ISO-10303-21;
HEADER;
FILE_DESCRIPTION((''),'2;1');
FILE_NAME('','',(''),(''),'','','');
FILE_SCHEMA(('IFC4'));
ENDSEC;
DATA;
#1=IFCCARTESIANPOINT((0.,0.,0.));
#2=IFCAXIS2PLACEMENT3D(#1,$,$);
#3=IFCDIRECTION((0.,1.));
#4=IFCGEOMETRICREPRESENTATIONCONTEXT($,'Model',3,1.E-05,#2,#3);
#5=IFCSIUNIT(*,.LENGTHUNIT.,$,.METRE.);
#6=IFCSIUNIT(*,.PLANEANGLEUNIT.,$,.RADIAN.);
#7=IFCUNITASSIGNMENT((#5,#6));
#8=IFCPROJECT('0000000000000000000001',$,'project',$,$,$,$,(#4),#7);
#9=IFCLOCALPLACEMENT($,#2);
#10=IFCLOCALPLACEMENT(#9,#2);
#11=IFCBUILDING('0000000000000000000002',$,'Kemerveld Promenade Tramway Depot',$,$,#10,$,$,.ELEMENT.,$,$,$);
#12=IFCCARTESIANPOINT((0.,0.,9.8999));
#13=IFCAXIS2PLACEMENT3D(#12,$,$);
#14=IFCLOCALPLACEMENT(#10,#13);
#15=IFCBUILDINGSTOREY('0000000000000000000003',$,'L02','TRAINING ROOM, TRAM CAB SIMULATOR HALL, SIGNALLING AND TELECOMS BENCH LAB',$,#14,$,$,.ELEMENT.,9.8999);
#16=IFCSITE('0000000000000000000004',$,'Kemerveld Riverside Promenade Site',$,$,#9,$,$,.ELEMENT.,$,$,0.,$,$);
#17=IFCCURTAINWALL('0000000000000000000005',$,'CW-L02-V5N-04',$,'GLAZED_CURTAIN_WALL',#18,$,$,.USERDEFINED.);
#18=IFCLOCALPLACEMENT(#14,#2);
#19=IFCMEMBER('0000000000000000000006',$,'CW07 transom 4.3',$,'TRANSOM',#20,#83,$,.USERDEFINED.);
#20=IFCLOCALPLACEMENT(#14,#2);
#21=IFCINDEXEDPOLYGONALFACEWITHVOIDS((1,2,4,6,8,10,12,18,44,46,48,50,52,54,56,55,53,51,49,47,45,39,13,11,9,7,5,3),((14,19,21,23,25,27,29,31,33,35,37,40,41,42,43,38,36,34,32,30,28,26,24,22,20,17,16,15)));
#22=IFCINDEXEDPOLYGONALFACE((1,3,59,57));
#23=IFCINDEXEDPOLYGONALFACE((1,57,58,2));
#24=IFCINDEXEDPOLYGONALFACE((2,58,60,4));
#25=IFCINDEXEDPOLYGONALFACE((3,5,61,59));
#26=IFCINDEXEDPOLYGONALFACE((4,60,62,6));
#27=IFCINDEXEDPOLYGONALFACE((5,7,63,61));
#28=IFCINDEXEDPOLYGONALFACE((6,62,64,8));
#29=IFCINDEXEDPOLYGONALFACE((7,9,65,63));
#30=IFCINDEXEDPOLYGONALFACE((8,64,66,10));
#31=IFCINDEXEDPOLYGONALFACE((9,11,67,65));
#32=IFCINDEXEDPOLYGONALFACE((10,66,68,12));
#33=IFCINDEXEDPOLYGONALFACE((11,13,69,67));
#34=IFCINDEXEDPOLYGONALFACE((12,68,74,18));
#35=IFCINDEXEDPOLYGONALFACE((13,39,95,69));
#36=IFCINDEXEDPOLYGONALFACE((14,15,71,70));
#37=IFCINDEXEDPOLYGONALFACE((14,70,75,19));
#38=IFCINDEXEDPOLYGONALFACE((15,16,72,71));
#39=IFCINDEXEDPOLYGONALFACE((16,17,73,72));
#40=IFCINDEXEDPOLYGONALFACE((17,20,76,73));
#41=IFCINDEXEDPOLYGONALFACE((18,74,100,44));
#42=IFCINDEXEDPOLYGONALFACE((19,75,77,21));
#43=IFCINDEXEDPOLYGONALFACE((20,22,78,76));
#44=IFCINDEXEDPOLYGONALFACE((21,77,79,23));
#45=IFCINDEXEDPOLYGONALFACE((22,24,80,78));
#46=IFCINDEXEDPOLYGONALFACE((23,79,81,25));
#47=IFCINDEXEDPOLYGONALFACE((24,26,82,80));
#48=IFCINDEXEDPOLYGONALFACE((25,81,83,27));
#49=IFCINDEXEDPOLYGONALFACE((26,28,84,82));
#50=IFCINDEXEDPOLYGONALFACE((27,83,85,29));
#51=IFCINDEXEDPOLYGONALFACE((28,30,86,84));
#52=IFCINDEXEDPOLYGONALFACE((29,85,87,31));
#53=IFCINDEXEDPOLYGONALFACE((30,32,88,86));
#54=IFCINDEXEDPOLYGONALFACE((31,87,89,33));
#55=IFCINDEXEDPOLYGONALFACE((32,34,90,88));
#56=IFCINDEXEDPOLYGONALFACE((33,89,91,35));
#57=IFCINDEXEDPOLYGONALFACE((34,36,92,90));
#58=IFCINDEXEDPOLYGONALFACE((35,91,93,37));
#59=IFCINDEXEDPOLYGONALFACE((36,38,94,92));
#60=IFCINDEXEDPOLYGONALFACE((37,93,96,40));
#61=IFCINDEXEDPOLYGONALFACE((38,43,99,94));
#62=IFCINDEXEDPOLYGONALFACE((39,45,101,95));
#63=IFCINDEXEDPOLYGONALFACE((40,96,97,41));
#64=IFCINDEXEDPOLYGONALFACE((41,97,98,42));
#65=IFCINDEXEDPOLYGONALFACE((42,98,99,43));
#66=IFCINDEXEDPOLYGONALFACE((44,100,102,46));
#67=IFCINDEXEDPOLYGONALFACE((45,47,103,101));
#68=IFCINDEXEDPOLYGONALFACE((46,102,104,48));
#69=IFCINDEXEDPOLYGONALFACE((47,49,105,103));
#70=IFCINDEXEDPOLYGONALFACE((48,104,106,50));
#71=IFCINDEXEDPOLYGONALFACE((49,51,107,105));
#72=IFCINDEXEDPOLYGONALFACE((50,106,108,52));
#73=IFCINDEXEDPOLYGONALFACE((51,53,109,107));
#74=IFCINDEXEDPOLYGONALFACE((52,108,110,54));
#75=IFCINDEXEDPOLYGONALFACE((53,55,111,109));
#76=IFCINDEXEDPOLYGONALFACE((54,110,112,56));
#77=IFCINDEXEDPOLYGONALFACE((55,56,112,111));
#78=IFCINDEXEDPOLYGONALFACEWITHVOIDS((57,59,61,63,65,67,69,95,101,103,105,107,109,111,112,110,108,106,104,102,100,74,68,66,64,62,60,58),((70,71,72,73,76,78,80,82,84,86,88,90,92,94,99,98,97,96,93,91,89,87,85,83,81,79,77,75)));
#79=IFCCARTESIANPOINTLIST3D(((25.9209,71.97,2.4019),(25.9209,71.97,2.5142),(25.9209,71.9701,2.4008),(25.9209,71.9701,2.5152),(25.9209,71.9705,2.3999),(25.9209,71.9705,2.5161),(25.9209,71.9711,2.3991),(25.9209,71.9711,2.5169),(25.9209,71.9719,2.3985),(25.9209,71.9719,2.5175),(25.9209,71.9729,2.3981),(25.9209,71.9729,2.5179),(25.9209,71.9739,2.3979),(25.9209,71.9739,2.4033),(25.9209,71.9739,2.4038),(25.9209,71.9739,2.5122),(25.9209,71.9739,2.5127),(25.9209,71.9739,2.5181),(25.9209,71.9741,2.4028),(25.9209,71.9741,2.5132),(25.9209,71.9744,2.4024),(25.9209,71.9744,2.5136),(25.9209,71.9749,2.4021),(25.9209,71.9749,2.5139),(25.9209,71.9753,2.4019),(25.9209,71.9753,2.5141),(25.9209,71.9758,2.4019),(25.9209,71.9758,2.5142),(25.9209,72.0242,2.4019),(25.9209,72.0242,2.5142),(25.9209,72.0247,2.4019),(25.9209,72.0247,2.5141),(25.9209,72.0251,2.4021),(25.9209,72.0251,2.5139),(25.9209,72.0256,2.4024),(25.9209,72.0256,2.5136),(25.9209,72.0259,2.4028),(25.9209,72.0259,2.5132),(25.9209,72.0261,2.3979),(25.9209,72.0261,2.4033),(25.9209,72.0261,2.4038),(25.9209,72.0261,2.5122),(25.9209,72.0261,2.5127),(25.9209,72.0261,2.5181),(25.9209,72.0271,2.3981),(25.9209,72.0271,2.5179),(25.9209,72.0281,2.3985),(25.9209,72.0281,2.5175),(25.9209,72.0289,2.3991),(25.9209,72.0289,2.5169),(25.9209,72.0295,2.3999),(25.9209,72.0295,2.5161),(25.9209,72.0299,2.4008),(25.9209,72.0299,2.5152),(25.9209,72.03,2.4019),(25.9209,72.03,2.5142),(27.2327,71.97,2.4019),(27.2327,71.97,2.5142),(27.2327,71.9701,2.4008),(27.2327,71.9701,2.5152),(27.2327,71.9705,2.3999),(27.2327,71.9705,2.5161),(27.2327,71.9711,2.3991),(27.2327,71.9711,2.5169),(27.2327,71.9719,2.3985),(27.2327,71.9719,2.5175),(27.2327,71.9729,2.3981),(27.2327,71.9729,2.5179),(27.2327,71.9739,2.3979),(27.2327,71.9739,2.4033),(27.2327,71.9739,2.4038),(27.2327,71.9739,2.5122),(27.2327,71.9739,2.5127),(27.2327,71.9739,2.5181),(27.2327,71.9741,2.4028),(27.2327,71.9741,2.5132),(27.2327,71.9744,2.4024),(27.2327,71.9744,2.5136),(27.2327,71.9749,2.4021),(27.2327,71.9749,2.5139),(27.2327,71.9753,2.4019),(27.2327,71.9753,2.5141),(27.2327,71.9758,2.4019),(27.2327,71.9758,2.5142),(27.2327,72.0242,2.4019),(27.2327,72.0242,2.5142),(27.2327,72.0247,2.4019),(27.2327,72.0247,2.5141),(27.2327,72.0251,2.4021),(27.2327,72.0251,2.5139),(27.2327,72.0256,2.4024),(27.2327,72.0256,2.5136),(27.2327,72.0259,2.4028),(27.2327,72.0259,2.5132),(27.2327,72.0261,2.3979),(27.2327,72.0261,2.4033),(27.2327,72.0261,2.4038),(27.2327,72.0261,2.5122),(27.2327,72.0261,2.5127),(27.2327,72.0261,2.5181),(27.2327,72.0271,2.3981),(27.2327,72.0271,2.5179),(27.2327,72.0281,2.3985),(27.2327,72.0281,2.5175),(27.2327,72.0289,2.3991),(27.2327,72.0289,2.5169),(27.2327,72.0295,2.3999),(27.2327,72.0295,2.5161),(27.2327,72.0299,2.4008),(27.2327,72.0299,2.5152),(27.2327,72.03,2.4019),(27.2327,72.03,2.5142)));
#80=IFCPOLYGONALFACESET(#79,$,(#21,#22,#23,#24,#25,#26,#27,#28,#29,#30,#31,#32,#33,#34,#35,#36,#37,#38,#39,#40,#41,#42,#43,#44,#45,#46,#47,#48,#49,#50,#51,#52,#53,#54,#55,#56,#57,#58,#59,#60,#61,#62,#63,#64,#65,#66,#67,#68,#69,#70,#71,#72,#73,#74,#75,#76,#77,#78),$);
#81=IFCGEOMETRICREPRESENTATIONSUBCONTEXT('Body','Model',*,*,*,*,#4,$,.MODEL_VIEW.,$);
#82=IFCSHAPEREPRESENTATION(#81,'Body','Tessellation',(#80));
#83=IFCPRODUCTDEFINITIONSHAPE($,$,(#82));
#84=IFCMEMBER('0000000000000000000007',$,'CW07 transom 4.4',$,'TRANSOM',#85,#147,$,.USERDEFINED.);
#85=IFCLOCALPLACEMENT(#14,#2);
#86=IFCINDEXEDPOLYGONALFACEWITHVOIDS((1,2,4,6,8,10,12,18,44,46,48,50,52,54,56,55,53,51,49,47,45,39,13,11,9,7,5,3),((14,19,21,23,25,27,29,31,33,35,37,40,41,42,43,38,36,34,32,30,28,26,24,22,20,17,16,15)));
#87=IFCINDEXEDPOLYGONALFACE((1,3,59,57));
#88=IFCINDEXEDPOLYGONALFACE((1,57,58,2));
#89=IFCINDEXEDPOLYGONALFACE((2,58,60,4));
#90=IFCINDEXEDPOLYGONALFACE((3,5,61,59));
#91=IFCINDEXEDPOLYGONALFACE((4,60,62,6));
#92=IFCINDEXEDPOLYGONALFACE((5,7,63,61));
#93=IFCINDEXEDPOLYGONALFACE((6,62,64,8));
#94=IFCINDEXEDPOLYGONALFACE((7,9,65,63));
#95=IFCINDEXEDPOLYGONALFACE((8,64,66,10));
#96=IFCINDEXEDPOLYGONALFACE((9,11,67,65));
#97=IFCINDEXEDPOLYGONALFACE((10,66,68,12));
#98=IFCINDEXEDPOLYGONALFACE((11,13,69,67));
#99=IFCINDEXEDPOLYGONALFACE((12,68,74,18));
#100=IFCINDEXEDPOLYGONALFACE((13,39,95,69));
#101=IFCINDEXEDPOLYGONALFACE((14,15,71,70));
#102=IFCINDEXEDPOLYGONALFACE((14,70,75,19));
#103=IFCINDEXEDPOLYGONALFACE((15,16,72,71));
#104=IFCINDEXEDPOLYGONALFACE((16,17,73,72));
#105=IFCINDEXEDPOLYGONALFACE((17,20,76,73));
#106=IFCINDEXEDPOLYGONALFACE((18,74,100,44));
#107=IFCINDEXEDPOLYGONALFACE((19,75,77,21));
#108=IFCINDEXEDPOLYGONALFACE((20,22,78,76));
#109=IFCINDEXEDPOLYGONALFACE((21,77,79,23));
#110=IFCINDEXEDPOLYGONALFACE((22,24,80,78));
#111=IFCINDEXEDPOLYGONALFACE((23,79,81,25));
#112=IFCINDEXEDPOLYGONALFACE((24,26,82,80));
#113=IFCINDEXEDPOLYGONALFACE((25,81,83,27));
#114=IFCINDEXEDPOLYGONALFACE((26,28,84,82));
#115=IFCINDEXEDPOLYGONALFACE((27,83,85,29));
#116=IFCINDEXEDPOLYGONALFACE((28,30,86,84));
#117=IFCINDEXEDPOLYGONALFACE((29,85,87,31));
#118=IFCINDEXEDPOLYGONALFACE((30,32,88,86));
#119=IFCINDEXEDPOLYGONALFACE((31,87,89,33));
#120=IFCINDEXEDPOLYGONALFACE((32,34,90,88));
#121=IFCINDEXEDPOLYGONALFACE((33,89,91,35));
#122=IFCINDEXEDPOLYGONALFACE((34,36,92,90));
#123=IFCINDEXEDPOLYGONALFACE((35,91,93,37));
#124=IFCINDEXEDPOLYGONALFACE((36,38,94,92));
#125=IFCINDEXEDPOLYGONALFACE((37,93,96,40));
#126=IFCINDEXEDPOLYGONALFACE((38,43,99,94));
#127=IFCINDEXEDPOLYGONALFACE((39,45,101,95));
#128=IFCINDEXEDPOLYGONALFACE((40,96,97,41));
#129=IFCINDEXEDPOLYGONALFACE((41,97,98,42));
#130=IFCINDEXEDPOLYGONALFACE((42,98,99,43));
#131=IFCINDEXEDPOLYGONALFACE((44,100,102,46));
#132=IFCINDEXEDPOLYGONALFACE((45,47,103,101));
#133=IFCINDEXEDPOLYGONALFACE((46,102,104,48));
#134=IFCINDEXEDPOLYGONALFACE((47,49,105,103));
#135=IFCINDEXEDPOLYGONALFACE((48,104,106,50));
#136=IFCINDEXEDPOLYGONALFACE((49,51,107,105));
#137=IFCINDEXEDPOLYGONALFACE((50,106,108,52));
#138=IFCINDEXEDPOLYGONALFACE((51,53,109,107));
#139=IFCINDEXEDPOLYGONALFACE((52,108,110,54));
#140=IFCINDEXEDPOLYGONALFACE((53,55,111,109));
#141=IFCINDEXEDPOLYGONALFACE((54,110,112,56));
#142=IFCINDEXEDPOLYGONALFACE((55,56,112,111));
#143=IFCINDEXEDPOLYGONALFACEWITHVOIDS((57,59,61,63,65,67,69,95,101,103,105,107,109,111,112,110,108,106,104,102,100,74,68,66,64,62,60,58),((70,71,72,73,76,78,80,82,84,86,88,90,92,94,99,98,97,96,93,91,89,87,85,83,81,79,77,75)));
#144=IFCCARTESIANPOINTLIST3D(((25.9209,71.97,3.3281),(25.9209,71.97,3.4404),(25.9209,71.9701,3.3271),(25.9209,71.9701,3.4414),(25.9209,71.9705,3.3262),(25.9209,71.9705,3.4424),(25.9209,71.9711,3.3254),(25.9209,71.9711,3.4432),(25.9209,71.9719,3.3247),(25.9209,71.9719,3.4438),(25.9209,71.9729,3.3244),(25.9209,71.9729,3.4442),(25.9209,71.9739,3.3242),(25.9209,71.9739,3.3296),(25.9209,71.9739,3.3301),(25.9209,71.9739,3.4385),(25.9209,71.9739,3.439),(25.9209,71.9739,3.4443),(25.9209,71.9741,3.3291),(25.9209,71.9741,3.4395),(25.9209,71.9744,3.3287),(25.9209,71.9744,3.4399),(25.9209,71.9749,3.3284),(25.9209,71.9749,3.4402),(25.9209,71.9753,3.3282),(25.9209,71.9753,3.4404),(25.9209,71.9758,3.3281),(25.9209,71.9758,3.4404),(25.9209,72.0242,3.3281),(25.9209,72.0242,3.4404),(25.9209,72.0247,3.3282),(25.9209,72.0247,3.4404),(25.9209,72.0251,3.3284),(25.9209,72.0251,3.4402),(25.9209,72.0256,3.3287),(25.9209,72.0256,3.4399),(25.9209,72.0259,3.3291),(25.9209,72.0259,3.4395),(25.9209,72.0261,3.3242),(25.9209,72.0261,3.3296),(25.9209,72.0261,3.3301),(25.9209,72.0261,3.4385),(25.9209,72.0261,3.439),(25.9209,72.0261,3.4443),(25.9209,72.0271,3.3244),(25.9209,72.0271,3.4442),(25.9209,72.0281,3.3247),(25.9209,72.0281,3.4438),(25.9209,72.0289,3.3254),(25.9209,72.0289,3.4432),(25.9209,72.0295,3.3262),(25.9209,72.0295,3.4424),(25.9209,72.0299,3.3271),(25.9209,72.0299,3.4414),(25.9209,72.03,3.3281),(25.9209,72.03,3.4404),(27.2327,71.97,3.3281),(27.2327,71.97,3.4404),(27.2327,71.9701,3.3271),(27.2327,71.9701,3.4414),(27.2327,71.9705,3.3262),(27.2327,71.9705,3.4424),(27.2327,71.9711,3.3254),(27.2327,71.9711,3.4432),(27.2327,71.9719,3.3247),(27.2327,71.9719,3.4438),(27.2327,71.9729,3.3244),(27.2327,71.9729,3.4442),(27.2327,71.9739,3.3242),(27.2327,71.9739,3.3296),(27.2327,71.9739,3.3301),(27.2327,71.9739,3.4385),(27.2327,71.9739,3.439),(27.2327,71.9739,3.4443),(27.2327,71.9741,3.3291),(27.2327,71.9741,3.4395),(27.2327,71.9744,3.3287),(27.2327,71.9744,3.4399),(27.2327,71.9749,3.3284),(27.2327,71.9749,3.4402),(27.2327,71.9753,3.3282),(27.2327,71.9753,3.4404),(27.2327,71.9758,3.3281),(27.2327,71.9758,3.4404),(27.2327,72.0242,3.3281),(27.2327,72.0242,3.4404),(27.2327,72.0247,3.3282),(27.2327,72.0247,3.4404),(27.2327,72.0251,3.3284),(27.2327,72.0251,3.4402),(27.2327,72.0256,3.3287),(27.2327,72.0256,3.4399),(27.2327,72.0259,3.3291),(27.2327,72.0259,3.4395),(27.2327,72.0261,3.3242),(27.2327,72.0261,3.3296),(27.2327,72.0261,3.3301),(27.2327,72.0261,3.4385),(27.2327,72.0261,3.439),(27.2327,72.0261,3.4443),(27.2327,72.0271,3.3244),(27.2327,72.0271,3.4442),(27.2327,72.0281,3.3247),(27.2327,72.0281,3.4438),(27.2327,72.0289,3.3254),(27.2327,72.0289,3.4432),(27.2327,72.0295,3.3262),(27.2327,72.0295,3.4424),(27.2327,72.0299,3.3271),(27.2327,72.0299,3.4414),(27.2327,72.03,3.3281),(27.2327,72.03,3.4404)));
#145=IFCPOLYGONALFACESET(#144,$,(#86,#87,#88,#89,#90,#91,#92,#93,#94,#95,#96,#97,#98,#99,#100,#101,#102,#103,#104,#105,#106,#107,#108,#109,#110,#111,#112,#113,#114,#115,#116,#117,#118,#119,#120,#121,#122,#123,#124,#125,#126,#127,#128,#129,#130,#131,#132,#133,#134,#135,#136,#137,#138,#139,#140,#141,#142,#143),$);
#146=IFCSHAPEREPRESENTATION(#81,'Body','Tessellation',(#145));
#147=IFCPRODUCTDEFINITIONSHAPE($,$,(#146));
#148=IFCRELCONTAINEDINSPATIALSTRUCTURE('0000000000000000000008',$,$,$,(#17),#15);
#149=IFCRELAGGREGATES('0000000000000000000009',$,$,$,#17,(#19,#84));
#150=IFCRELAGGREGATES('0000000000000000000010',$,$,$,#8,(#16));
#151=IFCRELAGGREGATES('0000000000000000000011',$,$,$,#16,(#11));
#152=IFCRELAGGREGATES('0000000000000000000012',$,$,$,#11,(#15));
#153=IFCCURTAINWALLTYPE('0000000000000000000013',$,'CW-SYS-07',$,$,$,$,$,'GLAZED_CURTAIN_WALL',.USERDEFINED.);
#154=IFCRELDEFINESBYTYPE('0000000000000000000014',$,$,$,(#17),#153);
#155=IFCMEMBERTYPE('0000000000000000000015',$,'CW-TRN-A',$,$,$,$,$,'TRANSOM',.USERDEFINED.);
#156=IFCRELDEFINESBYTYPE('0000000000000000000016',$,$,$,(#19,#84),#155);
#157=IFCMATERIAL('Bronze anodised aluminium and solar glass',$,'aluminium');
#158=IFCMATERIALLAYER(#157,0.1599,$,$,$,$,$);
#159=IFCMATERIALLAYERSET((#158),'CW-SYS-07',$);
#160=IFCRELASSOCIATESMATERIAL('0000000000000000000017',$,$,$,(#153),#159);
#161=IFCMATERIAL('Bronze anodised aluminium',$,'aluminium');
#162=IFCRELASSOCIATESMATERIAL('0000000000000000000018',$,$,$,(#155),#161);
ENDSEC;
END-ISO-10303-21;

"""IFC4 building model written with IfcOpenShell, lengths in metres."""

from ifc_helpers import new_model, si_unit, direction, frame, origin, origin_2d, place, context, subcontext, project, spatial, hollow_rectangle, extrude, material, layer, layer_set, material_profile, profile_set, type_object, element, aggregate, save


model = new_model("IFC4")

# Units and contexts
model_context = context("Model", 3, precision=1e-05, world=origin(), true_north=direction((0.0, 1.0)))
body_context = subcontext(model_context, "Body", "Model", "MODEL_VIEW")
ifc_project = project(units=[si_unit("LENGTHUNIT", "METRE"), si_unit("PLANEANGLEUNIT", "RADIAN")], contexts=[model_context])

# Site, building, storey
site_placement = place(None, origin())
site = spatial("IfcSite", under=ifc_project, at=site_placement, Name="Kemerveld Riverside Promenade Site", CompositionType="ELEMENT", RefElevation=0.0)
building_placement = place(site_placement, origin())
building = spatial("IfcBuilding", under=site, at=building_placement, Name="Kemerveld Promenade Tramway Depot", CompositionType="ELEMENT")
storey_placement = place(building_placement, frame((0.0, 0.0, 9.8999)))
storey = spatial("IfcBuildingStorey", under=building, at=storey_placement, Name="L02", Description="TRAINING ROOM, TRAM CAB SIMULATOR HALL, SIGNALLING AND TELECOMS BENCH LAB", CompositionType="ELEMENT", Elevation=9.8999)

# Curtain wall, members
ifc_material_1 = material(Name="Bronze anodised aluminium and solar glass", Category="aluminium")
ifc_layer_1 = layer(ifc_material_1, 0.1599)
ifc_layer_set_1 = layer_set([ifc_layer_1], Name="CW-SYS-07")
curtain_wall_type = type_object("IfcCurtainWallType", Name="CW-SYS-07", ElementType="GLAZED_CURTAIN_WALL", PredefinedType="USERDEFINED", material=ifc_layer_set_1)
curtain_wall_placement = place(storey_placement, origin())
curtain_wall = element("IfcCurtainWall", 1, at=curtain_wall_placement, inside=storey, type_object=curtain_wall_type, Name="CW-L02-V5N-04", ObjectType="GLAZED_CURTAIN_WALL", PredefinedType="USERDEFINED")
ifc_material_2 = material(Name="Bronze anodised aluminium", Category="aluminium")
ifc_material_profile_1 = material_profile(ifc_material_2, hollow_rectangle(XDim=0.0601, YDim=0.1201, WallThickness=0.0039, InnerFilletRadius=0.002, OuterFilletRadius=0.0039, at=origin_2d()), Name="CW-TRN-120x60")
ifc_profile_set_1 = profile_set([ifc_material_profile_1], Name="Bronze anodised aluminium")
member_type_1 = type_object("IfcMemberType", Name="CW-TRN-A", ElementType="TRANSOM", PredefinedType="USERDEFINED", material=ifc_profile_set_1)
member_1_placement = place(storey_placement, frame((25.9209, 72.0, 2.458), z_axis=(1.0, 0.0, 0.0), x_axis=(0.0, 1.0, 0.0)))
member_1 = element("IfcMember", 2, at=member_1_placement, type_object=member_type_1, Name="CW07 transom 4.3", ObjectType="TRANSOM", PredefinedType="USERDEFINED", context=body_context, shape_type="SweptSolid", body=[
    extrude(hollow_rectangle(XDim=0.0601, YDim=0.1201, WallThickness=0.0039, InnerFilletRadius=0.002, OuterFilletRadius=0.0039, at=origin_2d()), origin(), (0.0, 0.0, 1.0), 1.3118),
])
member_2_placement = place(storey_placement, frame((25.9209, 72.0, 3.3843), z_axis=(1.0, 0.0, 0.0), x_axis=(0.0, 1.0, 0.0)))
member_2 = element("IfcMember", 3, at=member_2_placement, type_object=member_type_1, Name="CW07 transom 4.4", ObjectType="TRANSOM", PredefinedType="USERDEFINED", context=body_context, shape_type="SweptSolid", body=[
    extrude(hollow_rectangle(XDim=0.0601, YDim=0.1201, WallThickness=0.0039, InnerFilletRadius=0.002, OuterFilletRadius=0.0039, at=origin_2d()), origin(), (0.0, 0.0, 1.0), 1.3118),
])
aggregate(curtain_wall, [member_1, member_2])

save(model, "model.ifc")
